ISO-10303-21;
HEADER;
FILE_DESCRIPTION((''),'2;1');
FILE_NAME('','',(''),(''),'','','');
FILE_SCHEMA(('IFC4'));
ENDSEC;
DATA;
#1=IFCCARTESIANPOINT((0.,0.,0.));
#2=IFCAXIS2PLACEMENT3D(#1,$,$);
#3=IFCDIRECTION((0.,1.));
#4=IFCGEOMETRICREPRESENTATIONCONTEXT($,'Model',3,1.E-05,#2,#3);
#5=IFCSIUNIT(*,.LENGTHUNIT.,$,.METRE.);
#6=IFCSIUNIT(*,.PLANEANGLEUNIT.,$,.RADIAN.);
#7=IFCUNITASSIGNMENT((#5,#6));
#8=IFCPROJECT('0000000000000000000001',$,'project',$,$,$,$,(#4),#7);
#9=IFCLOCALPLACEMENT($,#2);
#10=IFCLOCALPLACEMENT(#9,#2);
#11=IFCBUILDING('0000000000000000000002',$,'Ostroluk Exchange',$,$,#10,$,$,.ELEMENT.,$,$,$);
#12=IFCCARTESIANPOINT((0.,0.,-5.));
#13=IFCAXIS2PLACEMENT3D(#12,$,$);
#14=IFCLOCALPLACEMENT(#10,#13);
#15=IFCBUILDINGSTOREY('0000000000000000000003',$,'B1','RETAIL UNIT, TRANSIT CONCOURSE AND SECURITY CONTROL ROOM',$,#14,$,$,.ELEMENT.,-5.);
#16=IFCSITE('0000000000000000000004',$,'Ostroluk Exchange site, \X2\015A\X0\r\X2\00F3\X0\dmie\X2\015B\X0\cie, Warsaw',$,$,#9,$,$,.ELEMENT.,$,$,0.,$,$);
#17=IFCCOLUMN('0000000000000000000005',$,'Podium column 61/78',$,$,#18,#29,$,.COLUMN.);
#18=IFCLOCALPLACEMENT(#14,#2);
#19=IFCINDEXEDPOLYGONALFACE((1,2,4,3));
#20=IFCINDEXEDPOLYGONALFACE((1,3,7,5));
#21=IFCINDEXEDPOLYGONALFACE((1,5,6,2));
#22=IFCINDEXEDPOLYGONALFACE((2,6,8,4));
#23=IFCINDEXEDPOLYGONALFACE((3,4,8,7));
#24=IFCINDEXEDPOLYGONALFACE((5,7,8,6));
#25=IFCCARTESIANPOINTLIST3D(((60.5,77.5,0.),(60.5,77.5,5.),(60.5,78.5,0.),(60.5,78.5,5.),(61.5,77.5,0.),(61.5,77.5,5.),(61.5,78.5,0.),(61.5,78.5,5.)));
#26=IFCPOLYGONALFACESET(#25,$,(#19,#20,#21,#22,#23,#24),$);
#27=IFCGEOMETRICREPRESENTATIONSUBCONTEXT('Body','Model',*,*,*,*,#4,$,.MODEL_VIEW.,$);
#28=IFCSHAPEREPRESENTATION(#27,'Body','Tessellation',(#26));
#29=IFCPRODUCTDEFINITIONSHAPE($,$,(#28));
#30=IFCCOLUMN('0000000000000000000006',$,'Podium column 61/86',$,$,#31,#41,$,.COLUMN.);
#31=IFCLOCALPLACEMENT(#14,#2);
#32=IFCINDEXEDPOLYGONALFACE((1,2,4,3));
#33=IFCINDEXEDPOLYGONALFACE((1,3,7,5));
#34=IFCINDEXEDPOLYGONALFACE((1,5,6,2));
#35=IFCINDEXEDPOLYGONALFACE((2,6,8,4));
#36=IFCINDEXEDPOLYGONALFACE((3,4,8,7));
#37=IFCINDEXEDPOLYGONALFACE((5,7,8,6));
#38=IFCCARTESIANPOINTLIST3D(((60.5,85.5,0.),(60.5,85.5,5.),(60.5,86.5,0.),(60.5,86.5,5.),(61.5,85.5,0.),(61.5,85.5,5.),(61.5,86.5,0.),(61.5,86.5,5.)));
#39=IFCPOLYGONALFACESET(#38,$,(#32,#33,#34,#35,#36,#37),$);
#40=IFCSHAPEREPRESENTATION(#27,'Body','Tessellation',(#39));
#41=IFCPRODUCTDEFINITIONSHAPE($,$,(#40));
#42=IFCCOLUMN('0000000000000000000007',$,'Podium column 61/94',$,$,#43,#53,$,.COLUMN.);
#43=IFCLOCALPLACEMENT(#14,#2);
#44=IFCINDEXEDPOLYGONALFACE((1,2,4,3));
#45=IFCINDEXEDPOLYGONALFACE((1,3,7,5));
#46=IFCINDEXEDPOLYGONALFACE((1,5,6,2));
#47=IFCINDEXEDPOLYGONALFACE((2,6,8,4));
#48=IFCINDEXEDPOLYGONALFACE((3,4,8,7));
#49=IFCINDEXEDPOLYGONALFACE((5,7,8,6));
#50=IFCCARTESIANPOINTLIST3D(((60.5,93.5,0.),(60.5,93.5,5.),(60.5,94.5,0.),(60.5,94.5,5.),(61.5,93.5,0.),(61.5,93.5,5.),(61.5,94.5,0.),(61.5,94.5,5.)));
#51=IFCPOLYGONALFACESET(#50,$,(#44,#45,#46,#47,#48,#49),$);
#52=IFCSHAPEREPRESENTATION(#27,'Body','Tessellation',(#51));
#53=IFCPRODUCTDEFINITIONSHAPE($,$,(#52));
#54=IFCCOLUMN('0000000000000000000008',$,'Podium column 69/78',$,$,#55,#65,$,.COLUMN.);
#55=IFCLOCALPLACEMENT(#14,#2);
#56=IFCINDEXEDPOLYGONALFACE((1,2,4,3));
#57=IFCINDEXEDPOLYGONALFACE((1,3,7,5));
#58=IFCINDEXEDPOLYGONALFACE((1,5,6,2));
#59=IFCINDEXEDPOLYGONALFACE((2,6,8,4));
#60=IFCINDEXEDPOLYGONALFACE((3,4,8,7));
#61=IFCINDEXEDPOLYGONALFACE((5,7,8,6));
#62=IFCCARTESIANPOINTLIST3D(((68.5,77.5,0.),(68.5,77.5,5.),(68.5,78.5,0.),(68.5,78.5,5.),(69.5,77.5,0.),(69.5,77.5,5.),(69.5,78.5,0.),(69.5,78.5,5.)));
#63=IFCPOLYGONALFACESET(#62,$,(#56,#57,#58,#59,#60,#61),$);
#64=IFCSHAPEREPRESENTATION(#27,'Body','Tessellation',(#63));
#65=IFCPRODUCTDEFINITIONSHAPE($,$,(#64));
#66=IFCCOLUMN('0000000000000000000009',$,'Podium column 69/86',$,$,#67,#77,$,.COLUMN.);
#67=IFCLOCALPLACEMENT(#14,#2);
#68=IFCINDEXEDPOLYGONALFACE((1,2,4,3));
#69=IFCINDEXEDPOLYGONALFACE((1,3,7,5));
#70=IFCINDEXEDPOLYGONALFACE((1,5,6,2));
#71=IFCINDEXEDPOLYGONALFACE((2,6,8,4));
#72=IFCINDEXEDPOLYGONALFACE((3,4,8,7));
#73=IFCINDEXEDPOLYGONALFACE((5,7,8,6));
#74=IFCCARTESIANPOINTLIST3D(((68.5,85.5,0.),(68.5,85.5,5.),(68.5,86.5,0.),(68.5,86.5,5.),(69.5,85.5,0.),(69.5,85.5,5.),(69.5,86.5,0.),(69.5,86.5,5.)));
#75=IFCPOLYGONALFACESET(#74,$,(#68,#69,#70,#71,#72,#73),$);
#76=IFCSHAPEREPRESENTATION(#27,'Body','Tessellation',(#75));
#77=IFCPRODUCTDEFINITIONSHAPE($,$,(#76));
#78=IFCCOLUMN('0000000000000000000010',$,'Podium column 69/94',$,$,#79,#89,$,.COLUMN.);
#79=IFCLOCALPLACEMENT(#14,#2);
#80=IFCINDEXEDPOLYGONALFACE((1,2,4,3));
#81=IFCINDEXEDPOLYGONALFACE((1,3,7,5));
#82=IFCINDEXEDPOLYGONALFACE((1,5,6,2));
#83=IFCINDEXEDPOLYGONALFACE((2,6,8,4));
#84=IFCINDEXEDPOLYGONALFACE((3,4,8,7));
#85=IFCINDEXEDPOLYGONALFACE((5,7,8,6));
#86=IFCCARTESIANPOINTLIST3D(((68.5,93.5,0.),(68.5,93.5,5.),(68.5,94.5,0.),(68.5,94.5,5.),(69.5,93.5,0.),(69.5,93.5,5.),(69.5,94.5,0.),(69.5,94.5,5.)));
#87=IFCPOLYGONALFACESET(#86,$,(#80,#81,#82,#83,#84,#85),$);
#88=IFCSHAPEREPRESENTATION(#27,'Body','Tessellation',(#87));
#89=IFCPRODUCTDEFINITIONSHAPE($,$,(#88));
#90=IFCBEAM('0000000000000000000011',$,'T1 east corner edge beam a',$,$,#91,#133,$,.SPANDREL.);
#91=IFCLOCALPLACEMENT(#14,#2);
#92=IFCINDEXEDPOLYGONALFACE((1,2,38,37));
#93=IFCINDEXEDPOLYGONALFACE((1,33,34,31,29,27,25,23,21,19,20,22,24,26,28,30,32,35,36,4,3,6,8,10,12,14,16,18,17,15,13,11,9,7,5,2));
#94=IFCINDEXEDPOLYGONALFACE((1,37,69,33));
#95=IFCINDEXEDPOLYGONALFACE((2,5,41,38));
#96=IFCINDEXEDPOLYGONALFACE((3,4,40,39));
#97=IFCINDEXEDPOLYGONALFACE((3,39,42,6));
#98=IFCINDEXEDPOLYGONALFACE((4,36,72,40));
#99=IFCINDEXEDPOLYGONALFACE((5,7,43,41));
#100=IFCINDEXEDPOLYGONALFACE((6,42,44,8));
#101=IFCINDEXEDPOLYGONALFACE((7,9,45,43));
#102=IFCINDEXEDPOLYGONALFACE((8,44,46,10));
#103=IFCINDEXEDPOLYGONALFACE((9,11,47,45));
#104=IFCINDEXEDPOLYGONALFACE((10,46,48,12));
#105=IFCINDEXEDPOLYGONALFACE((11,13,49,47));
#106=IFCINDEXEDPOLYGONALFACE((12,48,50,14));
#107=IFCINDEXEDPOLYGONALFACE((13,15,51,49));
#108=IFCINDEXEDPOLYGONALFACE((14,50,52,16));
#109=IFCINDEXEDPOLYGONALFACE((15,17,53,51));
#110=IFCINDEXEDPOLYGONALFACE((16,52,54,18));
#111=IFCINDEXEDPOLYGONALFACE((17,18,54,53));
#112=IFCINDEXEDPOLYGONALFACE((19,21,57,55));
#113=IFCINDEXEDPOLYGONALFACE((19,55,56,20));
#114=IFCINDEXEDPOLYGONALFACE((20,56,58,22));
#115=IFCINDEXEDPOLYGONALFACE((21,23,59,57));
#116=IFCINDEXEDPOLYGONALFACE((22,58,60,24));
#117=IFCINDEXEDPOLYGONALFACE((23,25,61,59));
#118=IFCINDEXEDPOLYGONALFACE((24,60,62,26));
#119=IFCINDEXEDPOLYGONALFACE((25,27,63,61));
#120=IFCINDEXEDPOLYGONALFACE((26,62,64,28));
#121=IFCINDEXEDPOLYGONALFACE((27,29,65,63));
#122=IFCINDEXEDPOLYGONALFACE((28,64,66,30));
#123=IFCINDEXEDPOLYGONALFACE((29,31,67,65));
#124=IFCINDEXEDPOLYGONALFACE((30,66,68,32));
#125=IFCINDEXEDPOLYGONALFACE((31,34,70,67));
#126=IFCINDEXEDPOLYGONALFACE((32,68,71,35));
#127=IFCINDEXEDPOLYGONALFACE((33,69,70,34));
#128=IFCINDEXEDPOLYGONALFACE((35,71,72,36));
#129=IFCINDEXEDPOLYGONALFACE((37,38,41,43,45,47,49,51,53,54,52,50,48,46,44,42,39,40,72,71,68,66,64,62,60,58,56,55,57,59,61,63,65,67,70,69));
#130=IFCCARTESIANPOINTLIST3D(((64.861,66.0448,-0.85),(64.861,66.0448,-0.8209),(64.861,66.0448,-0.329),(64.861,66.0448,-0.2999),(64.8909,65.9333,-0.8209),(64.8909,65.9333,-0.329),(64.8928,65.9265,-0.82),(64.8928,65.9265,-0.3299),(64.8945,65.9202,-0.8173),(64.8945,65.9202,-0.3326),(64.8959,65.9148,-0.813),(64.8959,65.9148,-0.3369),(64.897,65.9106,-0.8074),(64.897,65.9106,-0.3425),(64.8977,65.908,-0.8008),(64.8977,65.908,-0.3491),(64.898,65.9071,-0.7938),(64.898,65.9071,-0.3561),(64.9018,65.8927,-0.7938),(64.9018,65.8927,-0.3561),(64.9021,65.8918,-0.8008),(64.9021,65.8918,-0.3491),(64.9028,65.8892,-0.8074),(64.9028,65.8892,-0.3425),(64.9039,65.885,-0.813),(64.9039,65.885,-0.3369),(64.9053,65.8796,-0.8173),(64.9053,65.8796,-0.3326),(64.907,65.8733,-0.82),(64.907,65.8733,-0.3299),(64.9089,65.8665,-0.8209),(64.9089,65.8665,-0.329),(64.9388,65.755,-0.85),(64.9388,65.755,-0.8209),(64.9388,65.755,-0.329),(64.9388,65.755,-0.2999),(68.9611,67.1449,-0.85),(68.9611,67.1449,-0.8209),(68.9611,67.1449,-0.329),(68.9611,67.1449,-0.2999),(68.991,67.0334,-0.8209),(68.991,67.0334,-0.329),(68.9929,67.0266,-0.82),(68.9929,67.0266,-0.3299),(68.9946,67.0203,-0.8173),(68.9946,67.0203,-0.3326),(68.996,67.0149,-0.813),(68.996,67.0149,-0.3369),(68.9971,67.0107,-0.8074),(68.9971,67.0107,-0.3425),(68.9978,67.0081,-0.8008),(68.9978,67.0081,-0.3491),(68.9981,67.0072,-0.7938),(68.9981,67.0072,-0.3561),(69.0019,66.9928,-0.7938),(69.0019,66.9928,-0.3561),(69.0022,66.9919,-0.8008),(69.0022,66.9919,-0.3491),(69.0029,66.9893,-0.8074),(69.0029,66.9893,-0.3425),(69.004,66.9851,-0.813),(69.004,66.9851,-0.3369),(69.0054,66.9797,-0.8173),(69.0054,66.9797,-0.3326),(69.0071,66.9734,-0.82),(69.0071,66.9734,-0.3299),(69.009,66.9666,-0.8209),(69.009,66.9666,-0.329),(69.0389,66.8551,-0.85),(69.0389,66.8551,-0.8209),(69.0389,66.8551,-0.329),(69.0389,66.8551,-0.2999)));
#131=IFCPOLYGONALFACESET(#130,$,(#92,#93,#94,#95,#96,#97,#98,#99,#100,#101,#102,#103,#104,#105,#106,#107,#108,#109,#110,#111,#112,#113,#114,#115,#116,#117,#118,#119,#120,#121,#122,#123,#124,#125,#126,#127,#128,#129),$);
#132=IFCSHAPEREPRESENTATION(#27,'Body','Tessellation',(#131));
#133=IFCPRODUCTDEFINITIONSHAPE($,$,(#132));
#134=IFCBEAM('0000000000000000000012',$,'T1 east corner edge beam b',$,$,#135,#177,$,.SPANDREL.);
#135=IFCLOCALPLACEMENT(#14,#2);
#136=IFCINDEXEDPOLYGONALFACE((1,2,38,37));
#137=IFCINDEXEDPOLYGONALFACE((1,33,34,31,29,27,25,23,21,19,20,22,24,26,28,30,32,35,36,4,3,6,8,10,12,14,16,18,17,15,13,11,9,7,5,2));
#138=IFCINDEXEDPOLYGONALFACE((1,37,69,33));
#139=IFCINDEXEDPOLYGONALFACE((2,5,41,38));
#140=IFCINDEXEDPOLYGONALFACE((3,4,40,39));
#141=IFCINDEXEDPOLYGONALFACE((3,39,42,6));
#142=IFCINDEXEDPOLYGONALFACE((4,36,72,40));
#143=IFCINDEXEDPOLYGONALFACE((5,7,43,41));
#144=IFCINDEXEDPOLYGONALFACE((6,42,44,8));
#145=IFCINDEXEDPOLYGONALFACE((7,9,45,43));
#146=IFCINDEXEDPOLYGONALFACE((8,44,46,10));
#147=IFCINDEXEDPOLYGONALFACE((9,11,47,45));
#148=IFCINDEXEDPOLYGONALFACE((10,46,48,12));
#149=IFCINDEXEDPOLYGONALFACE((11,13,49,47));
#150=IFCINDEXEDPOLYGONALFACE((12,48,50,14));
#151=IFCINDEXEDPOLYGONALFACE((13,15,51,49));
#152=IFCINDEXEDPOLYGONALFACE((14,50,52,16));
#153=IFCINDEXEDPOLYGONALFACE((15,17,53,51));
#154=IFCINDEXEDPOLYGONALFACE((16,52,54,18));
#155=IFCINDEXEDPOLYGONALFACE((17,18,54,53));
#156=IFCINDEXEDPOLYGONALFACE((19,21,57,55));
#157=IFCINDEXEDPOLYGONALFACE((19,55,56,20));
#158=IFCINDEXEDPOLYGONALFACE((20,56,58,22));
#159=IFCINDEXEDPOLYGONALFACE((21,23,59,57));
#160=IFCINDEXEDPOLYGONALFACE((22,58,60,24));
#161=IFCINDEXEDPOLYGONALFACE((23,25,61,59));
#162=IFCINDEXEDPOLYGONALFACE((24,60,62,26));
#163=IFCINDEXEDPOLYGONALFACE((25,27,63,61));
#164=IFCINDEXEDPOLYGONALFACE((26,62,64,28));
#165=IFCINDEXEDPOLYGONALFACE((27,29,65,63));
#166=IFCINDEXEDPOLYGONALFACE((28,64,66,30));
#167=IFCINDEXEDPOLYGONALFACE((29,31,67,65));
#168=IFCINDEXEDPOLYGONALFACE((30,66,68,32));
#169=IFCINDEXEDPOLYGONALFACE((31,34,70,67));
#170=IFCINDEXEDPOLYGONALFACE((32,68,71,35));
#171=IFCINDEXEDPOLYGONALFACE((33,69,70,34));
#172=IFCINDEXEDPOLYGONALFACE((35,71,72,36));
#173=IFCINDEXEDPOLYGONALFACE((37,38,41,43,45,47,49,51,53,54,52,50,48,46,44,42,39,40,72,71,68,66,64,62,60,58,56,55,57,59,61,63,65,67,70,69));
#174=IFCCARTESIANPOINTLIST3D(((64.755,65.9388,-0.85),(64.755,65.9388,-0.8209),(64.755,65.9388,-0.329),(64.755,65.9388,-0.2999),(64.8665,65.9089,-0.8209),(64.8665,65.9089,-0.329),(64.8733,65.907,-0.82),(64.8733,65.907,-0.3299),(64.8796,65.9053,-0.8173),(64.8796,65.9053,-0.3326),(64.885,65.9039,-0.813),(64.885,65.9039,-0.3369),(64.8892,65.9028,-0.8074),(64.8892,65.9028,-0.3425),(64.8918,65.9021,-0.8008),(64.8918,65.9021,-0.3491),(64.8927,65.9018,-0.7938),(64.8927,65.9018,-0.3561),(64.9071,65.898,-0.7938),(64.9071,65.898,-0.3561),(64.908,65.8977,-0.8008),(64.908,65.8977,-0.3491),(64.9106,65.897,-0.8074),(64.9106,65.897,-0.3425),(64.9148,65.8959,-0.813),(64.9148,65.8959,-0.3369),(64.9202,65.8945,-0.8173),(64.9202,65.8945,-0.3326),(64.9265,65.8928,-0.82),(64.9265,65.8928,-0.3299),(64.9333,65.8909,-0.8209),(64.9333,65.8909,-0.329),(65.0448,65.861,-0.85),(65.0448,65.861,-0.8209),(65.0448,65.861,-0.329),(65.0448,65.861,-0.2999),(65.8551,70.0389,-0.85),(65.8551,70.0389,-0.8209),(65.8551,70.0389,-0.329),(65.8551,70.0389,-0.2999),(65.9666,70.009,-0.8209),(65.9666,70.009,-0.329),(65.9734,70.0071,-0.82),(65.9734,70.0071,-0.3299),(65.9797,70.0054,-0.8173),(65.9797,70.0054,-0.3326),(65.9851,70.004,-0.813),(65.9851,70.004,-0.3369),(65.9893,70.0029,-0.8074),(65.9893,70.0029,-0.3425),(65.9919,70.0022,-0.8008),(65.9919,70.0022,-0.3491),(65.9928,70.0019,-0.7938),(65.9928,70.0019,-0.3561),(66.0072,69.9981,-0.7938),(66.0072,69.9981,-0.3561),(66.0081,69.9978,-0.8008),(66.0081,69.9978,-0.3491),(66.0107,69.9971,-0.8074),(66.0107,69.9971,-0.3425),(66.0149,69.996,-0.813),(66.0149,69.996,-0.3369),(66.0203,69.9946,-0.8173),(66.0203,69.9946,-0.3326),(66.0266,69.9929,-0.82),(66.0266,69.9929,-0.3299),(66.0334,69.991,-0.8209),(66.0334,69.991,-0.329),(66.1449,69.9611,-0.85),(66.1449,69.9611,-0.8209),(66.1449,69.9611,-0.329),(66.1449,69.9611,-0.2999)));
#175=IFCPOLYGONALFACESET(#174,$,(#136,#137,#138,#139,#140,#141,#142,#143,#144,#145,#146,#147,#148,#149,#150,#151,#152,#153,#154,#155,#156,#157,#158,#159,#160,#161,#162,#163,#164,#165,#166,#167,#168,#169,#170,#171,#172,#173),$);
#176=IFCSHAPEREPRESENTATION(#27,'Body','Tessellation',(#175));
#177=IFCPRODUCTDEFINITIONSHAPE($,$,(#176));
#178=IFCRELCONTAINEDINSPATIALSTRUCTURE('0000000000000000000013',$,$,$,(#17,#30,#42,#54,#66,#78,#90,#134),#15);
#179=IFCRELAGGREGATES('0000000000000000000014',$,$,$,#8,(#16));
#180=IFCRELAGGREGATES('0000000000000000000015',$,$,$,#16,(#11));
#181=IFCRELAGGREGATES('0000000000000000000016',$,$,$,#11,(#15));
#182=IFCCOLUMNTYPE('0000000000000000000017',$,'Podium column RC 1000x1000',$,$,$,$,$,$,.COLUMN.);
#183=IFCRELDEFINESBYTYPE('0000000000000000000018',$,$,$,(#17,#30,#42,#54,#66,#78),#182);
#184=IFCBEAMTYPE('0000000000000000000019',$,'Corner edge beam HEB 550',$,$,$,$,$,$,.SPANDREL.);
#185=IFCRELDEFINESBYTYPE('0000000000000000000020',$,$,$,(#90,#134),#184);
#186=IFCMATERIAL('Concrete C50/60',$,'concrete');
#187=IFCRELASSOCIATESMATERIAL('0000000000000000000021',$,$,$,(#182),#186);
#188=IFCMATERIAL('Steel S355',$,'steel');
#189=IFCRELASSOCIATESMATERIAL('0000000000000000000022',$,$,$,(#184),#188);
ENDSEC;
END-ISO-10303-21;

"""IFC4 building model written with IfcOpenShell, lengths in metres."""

from ifc_helpers import new_model, si_unit, direction, frame, origin, origin_2d, place, context, subcontext, project, spatial, rectangle, i_section, extrude, material, material_profile, profile_set, type_object, element, save


model = new_model("IFC4")

# Units and contexts
model_context = context("Model", 3, precision=1e-05, world=origin(), true_north=direction((0.0, 1.0)))
body_context = subcontext(model_context, "Body", "Model", "MODEL_VIEW")
ifc_project = project(units=[si_unit("LENGTHUNIT", "METRE"), si_unit("PLANEANGLEUNIT", "RADIAN")], contexts=[model_context])

# Site, building, storey
site_placement = place(None, origin())
site = spatial("IfcSite", under=ifc_project, at=site_placement, Name="Ostroluk Exchange site, Śródmieście, Warsaw", CompositionType="ELEMENT", RefElevation=0.0)
building_placement = place(site_placement, origin())
building = spatial("IfcBuilding", under=site, at=building_placement, Name="Ostroluk Exchange", CompositionType="ELEMENT")
storey_placement = place(building_placement, frame((0.0, 0.0, -5.0)))
storey = spatial("IfcBuildingStorey", under=building, at=storey_placement, Name="B1", Description="RETAIL UNIT, TRANSIT CONCOURSE AND SECURITY CONTROL ROOM", CompositionType="ELEMENT", Elevation=-5.0)

# Columns
ifc_material_1 = material(Name="Concrete C50/60", Category="concrete")
ifc_material_profile_1 = material_profile(ifc_material_1, rectangle(XDim=1.0, YDim=1.0, at=origin_2d()), Name="RC 1000x1000")
ifc_profile_set_1 = profile_set([ifc_material_profile_1], Name="Concrete C50/60")
column_type_1 = type_object("IfcColumnType", Name="Podium column RC 1000x1000", PredefinedType="COLUMN", material=ifc_profile_set_1)
for number, where, z_axis, x_axis, name in (
    (1, (61.0, 78.0, 0.0), (0.0, 0.0, 1.0), (1.0, 0.0, 0.0), "Podium column 61/78"),
    (2, (61.0, 86.0, 0.0), (0.0, 0.0, 1.0), (1.0, 0.0, 0.0), "Podium column 61/86"),
    (3, (61.0, 94.0, 0.0), (0.0, 0.0, 1.0), (1.0, 0.0, 0.0), "Podium column 61/94"),
    (4, (69.0, 78.0, 0.0), (0.0, 0.0, 1.0), (1.0, 0.0, 0.0), "Podium column 69/78"),
    (5, (69.0, 86.0, 0.0), (0.0, 0.0, 1.0), (1.0, 0.0, 0.0), "Podium column 69/86"),
    (6, (69.0, 94.0, 0.0), (0.0, 0.0, 1.0), (1.0, 0.0, 0.0), "Podium column 69/94"),
):
    element("IfcColumn", number, at=place(storey_placement, frame(where, z_axis=z_axis, x_axis=x_axis)), inside=storey, type_object=column_type_1, Name=name, PredefinedType="COLUMN", context=body_context, shape_type="SweptSolid", body=[
        extrude(rectangle(XDim=1.0, YDim=1.0, at=origin_2d()), origin(), (0.0, 0.0, 1.0), 5.0),
    ])

# Beams
ifc_material_2 = material(Name="Steel S355", Category="steel")
ifc_material_profile_2 = material_profile(ifc_material_2, i_section(OverallWidth=0.3, OverallDepth=0.55, WebThickness=0.0149, FlangeThickness=0.0291, FilletRadius=0.0271, at=origin_2d()), Name="HEB 550")
ifc_profile_set_2 = profile_set([ifc_material_profile_2], Name="Steel S355")
beam_type_1 = type_object("IfcBeamType", Name="Corner edge beam HEB 550", PredefinedType="SPANDREL", material=ifc_profile_set_2)
for number, where, z_axis, x_axis, name in (
    (7, (64.8999, 65.8999, -0.575), (0.965839, 0.259144, 0.0), (-0.259144, 0.965839, 0.0), "T1 east corner edge beam a"),
    (8, (64.8999, 65.8999, -0.575), (0.259144, 0.965839, 0.0), (-0.965839, 0.259144, 0.0), "T1 east corner edge beam b"),
):
    element("IfcBeam", number, at=place(storey_placement, frame(where, z_axis=z_axis, x_axis=x_axis)), inside=storey, type_object=beam_type_1, Name=name, PredefinedType="SPANDREL", context=body_context, shape_type="SweptSolid", body=[
        extrude(i_section(OverallWidth=0.3, OverallDepth=0.55, WebThickness=0.0149, FlangeThickness=0.0291, FilletRadius=0.0271, at=origin_2d()), origin(), (0.0, 0.0, 1.0), 4.2451),
    ])

save(model, "model.ifc")
